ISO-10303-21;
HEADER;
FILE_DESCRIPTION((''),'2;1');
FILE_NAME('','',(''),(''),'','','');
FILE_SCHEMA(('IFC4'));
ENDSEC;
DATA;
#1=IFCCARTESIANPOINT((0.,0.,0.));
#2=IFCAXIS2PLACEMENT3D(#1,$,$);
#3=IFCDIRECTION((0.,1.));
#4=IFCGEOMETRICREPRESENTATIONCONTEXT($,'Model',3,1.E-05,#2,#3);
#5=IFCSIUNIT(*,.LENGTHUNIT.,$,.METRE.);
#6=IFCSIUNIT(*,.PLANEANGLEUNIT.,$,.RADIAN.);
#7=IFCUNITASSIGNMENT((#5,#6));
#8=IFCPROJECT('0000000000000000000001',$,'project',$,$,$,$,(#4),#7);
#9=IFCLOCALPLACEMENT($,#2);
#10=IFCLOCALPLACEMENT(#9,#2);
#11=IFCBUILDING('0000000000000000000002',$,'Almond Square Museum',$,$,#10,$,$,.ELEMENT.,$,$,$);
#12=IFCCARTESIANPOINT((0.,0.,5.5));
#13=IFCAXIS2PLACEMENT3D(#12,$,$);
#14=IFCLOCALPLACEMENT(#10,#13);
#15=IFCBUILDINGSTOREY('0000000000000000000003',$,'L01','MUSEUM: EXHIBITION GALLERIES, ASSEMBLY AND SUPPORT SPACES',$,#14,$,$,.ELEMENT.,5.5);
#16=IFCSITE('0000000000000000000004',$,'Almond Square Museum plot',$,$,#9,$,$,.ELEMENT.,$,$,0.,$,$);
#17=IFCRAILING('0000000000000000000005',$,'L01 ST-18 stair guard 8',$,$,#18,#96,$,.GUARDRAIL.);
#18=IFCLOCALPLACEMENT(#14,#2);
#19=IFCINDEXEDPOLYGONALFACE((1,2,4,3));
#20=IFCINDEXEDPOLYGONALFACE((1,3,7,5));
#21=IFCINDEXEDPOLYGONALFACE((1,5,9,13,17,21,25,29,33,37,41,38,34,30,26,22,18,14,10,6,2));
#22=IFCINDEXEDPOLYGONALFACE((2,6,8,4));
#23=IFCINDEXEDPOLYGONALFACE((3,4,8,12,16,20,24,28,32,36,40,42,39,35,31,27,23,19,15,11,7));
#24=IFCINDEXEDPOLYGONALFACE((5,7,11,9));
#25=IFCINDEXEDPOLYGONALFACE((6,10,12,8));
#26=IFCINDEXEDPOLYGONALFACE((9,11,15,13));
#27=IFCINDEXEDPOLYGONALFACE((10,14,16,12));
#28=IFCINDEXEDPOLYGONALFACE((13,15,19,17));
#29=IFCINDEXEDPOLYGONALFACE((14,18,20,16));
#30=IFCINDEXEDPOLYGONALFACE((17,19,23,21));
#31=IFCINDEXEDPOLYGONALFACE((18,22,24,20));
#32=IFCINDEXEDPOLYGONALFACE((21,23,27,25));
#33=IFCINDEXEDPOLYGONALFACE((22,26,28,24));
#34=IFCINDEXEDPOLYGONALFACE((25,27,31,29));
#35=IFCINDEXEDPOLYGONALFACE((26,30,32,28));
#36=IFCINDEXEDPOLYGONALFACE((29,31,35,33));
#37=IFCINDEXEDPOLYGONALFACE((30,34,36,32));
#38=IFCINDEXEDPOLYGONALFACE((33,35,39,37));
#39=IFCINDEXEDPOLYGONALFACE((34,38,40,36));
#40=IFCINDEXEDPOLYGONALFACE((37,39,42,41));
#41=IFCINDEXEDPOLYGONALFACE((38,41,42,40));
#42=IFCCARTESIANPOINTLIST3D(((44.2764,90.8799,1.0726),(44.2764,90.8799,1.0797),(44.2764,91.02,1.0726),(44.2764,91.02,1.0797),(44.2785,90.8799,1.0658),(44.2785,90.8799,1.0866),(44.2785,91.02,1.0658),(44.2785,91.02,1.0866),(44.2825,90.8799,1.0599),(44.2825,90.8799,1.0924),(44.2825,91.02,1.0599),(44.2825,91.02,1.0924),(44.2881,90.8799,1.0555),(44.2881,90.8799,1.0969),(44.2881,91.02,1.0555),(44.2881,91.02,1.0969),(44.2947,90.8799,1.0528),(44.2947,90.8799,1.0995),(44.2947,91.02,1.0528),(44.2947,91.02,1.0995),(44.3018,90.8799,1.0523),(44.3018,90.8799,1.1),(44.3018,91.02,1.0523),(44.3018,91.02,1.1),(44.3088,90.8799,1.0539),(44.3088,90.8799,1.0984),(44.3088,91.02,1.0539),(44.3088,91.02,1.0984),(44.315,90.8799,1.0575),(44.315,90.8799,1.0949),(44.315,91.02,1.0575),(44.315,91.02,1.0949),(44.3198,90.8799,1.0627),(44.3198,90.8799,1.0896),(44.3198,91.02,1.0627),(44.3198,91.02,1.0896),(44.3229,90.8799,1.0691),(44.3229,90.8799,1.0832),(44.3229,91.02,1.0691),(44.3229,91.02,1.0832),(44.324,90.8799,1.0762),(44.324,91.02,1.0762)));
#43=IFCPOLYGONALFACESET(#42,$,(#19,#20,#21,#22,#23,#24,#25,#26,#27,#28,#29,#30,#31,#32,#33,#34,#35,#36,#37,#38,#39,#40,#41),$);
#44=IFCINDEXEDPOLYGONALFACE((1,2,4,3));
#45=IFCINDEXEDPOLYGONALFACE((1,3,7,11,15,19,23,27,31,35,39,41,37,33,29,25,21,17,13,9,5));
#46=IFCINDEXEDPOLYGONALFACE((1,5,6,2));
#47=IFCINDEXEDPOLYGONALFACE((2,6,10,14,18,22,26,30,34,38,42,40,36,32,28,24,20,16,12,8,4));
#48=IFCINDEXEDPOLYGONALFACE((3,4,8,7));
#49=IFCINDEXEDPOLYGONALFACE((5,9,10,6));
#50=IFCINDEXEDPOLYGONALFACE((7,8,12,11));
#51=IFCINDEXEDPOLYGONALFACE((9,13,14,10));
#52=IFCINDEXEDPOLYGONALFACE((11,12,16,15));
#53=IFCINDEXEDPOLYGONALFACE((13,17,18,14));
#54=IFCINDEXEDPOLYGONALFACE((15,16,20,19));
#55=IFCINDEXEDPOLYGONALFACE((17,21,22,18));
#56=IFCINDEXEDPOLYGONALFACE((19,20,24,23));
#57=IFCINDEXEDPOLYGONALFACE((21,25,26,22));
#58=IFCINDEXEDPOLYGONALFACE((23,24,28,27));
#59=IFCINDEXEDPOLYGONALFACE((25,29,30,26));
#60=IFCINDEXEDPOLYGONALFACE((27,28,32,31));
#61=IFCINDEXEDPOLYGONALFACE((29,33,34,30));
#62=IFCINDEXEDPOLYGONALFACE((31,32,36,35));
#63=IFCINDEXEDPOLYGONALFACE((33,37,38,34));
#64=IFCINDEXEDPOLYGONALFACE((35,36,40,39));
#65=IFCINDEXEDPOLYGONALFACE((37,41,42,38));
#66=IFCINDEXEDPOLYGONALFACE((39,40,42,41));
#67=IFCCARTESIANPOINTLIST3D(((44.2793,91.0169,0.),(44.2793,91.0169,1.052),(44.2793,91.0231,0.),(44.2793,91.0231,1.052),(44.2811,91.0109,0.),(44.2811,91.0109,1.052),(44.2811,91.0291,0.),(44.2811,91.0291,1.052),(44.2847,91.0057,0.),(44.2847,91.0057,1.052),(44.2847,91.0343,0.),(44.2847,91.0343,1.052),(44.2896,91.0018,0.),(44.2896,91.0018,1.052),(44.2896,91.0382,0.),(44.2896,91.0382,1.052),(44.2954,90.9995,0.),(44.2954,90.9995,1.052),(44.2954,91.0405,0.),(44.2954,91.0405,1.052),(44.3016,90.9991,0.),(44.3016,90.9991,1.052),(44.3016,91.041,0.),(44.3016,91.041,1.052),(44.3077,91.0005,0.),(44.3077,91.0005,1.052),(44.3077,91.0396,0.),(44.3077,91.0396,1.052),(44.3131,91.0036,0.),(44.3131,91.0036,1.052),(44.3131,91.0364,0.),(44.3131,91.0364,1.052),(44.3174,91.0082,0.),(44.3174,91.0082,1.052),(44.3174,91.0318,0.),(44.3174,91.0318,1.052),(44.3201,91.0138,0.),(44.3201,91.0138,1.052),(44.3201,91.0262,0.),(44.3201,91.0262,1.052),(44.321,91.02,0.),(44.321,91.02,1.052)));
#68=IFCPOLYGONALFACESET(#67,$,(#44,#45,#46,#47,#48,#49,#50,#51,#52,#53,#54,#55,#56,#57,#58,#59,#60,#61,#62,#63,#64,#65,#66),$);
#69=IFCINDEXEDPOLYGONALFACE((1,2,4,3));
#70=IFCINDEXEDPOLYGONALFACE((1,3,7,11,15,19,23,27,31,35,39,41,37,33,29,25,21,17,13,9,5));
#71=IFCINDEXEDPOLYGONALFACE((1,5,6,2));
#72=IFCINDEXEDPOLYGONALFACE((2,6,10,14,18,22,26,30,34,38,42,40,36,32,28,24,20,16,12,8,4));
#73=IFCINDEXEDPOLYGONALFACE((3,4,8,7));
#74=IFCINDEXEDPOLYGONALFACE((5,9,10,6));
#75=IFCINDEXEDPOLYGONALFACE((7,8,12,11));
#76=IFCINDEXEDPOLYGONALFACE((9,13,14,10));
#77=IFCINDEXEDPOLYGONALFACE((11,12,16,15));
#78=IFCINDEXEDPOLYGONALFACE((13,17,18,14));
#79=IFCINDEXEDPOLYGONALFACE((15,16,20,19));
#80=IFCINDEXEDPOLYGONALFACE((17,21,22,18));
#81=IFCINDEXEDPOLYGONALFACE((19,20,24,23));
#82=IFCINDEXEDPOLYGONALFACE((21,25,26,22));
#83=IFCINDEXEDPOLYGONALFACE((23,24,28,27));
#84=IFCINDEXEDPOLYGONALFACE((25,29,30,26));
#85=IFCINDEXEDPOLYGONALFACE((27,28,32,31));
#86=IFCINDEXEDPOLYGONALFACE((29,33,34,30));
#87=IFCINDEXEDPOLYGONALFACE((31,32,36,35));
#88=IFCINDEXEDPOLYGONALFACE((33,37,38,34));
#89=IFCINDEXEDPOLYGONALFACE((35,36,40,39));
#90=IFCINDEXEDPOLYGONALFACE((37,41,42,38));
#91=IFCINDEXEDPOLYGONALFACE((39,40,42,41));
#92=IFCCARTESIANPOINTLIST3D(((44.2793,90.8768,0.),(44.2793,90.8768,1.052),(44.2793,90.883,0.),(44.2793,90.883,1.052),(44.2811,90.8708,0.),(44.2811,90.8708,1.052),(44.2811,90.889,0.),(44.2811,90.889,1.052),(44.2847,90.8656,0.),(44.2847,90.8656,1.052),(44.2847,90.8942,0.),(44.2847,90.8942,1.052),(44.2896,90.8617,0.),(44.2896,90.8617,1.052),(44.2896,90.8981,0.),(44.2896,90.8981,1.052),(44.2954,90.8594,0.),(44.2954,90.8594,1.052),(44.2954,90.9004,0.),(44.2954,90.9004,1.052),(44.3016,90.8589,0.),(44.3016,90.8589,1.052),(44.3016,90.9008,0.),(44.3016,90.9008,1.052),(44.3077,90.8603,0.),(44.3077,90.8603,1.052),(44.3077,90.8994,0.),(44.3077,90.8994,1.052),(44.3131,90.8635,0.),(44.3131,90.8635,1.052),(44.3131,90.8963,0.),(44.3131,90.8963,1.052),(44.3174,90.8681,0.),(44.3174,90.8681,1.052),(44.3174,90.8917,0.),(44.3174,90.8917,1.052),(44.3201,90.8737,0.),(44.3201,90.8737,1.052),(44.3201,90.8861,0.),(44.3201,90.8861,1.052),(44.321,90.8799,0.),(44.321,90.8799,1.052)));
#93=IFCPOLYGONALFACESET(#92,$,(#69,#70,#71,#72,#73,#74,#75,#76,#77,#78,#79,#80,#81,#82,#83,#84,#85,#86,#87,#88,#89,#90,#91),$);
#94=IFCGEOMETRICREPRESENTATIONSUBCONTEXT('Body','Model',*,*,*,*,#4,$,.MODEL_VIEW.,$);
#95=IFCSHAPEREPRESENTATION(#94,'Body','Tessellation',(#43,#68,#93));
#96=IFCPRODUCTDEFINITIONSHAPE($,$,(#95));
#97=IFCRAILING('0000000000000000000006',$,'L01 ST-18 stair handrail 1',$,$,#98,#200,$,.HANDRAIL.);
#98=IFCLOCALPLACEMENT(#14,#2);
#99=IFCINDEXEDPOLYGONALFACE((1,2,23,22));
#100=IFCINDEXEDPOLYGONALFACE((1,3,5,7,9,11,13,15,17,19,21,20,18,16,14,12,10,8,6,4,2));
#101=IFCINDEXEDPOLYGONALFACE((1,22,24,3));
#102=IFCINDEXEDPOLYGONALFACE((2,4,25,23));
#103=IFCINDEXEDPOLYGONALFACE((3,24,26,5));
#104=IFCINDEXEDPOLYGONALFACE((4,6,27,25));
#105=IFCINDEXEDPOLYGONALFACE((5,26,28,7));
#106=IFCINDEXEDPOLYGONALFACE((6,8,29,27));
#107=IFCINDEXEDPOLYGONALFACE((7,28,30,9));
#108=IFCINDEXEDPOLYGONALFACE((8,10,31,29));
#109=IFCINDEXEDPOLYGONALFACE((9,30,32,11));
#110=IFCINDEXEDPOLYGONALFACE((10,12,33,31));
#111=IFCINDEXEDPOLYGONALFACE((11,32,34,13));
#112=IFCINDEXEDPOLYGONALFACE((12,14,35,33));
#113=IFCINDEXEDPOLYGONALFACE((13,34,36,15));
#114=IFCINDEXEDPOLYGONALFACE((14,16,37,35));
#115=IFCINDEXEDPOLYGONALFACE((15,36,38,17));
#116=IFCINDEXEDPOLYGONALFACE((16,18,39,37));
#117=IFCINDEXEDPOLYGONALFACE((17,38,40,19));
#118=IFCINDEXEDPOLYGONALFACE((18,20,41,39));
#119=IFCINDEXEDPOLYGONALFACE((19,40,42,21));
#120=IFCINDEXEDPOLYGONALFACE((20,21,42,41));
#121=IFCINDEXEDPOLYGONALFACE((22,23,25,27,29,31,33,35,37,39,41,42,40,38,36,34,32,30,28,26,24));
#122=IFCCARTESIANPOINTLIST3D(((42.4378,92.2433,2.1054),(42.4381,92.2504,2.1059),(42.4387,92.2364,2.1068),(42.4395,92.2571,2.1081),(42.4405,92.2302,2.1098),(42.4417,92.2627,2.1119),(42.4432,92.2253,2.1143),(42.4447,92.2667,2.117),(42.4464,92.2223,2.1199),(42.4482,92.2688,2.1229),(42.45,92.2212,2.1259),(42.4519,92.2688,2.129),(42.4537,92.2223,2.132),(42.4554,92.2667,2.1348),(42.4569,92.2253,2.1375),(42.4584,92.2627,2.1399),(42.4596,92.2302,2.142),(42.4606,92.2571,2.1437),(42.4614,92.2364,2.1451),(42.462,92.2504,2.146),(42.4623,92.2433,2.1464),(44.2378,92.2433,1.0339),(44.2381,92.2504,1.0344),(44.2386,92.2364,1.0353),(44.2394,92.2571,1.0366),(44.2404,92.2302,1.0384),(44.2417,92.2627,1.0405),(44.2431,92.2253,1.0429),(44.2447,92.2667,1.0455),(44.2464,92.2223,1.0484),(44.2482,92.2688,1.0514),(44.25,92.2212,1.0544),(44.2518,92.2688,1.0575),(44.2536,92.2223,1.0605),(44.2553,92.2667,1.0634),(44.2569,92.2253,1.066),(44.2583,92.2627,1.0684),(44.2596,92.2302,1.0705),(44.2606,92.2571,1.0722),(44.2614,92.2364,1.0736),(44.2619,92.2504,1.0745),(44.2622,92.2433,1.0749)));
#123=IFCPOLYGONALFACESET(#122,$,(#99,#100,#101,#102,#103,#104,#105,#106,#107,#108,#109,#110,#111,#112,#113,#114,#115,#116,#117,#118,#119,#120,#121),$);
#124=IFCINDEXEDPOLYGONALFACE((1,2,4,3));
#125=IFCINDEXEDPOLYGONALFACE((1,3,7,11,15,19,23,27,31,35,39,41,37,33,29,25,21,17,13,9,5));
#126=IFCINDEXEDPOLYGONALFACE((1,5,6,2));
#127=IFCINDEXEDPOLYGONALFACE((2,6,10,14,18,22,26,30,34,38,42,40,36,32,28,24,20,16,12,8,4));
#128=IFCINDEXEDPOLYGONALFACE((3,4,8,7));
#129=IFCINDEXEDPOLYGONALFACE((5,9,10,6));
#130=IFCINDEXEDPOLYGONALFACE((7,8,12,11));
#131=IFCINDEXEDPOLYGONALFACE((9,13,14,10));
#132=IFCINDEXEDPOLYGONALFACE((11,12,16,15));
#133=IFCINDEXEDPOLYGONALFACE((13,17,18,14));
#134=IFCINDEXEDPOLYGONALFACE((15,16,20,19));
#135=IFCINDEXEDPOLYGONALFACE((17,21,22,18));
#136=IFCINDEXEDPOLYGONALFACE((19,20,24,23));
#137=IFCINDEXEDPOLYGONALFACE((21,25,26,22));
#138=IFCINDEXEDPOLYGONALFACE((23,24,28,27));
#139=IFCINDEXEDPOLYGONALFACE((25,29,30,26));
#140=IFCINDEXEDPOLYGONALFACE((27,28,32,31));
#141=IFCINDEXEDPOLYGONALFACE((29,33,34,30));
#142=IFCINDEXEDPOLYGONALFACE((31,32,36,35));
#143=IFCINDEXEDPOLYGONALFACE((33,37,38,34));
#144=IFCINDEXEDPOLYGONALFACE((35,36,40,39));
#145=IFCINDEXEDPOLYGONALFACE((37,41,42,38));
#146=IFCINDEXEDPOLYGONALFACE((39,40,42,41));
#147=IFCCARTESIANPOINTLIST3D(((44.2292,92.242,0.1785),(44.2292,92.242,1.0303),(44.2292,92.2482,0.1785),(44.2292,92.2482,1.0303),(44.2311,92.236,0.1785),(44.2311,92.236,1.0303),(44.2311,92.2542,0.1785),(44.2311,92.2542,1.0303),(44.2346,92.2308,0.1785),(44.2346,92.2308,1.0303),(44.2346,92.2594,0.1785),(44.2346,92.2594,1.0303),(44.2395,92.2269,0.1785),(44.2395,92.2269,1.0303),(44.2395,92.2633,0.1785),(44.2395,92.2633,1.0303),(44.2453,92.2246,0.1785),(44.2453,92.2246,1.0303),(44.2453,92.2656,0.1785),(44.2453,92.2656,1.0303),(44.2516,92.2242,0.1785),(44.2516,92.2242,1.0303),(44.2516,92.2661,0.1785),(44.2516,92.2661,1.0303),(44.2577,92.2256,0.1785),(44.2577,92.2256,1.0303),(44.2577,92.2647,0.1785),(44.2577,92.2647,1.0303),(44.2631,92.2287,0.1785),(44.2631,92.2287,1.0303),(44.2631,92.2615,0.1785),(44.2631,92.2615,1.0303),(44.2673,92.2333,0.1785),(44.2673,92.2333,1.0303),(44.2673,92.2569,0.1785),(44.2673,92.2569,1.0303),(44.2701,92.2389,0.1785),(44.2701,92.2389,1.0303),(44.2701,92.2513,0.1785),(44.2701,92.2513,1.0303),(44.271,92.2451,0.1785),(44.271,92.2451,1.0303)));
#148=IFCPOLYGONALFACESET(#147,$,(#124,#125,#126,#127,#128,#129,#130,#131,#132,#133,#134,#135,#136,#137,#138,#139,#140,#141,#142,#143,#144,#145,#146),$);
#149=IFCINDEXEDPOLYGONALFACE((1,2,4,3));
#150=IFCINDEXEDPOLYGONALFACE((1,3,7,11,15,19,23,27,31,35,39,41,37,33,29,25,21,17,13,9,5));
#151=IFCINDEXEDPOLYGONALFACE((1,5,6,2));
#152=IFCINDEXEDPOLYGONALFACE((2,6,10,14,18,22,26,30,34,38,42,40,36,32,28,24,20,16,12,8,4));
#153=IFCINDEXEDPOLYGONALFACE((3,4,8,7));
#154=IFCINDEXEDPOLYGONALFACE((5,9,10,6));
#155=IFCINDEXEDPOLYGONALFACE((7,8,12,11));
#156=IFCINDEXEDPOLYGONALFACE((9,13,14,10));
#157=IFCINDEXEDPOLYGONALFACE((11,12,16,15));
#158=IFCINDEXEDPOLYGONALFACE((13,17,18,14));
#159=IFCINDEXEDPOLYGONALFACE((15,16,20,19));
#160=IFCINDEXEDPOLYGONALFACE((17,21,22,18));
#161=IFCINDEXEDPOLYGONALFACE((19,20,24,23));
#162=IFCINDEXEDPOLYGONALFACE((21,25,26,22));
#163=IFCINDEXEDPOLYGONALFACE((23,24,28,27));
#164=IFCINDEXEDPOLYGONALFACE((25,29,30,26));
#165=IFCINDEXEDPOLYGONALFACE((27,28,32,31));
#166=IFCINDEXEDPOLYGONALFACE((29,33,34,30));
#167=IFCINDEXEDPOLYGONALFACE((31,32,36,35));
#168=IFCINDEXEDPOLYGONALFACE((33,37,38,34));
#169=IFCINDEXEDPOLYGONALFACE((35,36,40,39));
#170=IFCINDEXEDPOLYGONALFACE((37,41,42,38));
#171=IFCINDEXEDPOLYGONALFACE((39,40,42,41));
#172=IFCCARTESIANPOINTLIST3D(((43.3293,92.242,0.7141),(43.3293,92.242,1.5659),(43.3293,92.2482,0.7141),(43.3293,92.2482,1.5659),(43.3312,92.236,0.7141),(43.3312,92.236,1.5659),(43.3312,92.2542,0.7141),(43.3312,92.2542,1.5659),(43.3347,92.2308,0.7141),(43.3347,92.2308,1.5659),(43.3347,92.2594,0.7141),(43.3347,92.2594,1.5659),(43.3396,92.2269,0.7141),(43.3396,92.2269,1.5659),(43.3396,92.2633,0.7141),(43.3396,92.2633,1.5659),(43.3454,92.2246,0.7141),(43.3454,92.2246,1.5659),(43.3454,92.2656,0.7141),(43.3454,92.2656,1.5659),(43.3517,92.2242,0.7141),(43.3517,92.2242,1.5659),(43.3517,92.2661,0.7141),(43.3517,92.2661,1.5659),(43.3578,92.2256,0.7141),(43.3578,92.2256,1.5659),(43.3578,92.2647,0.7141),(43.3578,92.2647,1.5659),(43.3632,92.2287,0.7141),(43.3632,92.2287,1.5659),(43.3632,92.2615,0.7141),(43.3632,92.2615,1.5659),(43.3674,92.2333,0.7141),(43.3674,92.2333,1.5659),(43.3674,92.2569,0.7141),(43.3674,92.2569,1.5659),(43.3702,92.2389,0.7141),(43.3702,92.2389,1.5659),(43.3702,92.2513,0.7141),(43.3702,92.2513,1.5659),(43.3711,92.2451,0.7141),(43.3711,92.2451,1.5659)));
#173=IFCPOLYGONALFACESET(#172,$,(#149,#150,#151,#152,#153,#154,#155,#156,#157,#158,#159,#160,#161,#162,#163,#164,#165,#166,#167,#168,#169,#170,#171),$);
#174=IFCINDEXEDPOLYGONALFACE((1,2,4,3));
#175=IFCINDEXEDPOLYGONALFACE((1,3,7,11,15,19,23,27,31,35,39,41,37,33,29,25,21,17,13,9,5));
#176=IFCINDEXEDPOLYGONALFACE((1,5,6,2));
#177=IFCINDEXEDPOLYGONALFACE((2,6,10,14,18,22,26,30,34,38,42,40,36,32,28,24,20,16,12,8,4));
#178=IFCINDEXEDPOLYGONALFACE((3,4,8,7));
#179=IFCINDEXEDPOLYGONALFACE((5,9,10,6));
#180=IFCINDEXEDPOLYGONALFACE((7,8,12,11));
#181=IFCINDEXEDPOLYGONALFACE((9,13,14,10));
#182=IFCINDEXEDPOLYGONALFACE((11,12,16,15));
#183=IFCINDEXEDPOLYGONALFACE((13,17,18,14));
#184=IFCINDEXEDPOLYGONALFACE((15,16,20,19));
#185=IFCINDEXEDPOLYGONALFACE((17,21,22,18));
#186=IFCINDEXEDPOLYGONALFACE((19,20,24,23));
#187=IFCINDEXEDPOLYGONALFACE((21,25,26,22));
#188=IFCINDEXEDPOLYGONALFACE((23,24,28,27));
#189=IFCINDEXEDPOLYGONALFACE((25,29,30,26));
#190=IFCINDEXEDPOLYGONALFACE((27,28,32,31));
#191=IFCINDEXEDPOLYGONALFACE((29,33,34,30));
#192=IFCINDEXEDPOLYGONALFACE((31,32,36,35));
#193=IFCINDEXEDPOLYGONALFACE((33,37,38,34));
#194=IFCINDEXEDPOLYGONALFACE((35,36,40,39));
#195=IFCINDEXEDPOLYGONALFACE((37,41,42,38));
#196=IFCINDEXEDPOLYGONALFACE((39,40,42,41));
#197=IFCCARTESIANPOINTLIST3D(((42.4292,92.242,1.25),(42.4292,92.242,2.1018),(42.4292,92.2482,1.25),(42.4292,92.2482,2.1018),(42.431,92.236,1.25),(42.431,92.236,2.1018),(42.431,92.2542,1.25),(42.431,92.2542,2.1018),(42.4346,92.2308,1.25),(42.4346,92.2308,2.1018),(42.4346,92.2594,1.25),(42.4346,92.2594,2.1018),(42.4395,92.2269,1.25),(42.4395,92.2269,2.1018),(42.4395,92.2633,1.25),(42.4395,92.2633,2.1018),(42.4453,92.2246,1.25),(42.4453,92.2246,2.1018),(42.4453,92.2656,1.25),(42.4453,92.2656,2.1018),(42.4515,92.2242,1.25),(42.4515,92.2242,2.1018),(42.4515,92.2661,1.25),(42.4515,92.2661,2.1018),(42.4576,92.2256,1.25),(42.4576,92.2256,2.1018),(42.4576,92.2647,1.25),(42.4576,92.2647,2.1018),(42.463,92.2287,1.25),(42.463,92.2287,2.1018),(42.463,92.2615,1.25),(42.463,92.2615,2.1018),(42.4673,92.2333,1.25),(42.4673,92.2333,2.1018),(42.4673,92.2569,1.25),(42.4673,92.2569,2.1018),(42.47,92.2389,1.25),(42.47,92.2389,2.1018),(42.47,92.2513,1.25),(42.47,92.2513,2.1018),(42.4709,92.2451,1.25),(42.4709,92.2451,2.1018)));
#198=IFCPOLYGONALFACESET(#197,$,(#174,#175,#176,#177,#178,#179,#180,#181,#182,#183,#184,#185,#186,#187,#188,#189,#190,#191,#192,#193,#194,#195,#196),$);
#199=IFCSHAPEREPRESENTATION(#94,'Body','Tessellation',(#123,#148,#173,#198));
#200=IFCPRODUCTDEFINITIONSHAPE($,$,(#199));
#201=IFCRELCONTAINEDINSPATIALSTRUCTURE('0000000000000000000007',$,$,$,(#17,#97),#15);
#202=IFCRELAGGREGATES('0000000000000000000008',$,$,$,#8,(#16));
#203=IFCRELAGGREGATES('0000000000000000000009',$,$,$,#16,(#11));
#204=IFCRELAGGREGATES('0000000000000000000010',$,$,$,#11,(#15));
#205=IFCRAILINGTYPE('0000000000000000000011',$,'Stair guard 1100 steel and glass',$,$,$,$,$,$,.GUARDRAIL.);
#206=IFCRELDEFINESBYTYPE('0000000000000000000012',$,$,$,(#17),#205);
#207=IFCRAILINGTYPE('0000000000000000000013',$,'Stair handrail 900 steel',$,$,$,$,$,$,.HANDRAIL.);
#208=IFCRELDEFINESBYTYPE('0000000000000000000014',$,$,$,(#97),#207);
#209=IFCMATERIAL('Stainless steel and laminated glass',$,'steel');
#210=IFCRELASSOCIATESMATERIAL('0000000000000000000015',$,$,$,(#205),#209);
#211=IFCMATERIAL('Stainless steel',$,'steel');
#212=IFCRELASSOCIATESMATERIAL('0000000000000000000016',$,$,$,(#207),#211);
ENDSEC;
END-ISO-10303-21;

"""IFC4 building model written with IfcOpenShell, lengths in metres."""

from ifc_helpers import new_model, si_unit, direction, frame, origin, origin_2d, place, context, subcontext, project, spatial, circle, extrude, material, type_object, element, save


model = new_model("IFC4")

# Units and contexts
model_context = context("Model", 3, precision=1e-05, world=origin(), true_north=direction((0.0, 1.0)))
body_context = subcontext(model_context, "Body", "Model", "MODEL_VIEW")
ifc_project = project(units=[si_unit("LENGTHUNIT", "METRE"), si_unit("PLANEANGLEUNIT", "RADIAN")], contexts=[model_context])

# Site, building, storey
site_placement = place(None, origin())
site = spatial("IfcSite", under=ifc_project, at=site_placement, Name="Almond Square Museum plot", CompositionType="ELEMENT", RefElevation=0.0)
building_placement = place(site_placement, origin())
building = spatial("IfcBuilding", under=site, at=building_placement, Name="Almond Square Museum", CompositionType="ELEMENT")
storey_placement = place(building_placement, frame((0.0, 0.0, 5.5)))
storey = spatial("IfcBuildingStorey", under=building, at=storey_placement, Name="L01", Description="MUSEUM: EXHIBITION GALLERIES, ASSEMBLY AND SUPPORT SPACES", CompositionType="ELEMENT", Elevation=5.5)

# Railings
ifc_material_1 = material(Name="Stainless steel and laminated glass", Category="steel")
railing_type_1 = type_object("IfcRailingType", Name="Stair guard 1100 steel and glass", PredefinedType="GUARDRAIL", material=ifc_material_1)
railing_1_placement = place(storey_placement, frame((44.3, 91.02, 0.0)))
element("IfcRailing", 1, at=railing_1_placement, inside=storey, type_object=railing_type_1, Name="L01 ST-18 stair guard 8", PredefinedType="GUARDRAIL", context=body_context, shape_type="SweptSolid", body=[
    extrude(circle(Radius=0.0239, at=origin_2d()), frame((0.0, 0.0, 1.0762), z_axis=(0.0, -1.0, 0.0), x_axis=(1.0, 0.0, 0.0)), (0.0, 0.0, 1.0), 0.1401),
    extrude(circle(Radius=0.021, at=origin_2d()), origin(), (0.0, 0.0, 1.0), 1.052),
    extrude(circle(Radius=0.021, at=origin_2d()), frame((0.0, -0.1401, 0.0)), (0.0, 0.0, 1.0), 1.052),
])
ifc_material_2 = material(Name="Stainless steel", Category="steel")
railing_type_2 = type_object("IfcRailingType", Name="Stair handrail 900 steel", PredefinedType="HANDRAIL", material=ifc_material_2)
railing_2_placement = place(storey_placement, frame((44.25, 92.2451, 0.1785)))
element("IfcRailing", 2, at=railing_2_placement, inside=storey, type_object=railing_type_2, Name="L01 ST-18 stair handrail 1", PredefinedType="HANDRAIL", context=body_context, shape_type="SweptSolid", body=[
    extrude(circle(Radius=0.0239, at=origin_2d()), frame((0.0, 0.0, 0.876), z_axis=(-0.859277, 0.0, 0.51151), x_axis=(0.0, -1.0, 0.0)), (0.0, 0.0, 1.0), 2.0947),
    extrude(circle(Radius=0.021, at=origin_2d()), origin(), (0.0, 0.0, 1.0), 0.8518),
    extrude(circle(Radius=0.021, at=origin_2d()), frame((-0.8999, 0.0, 0.5356)), (0.0, 0.0, 1.0), 0.8518),
    extrude(circle(Radius=0.021, at=origin_2d()), frame((-1.8, 0.0, 1.0715)), (0.0, 0.0, 1.0), 0.8518),
])

save(model, "model.ifc")
